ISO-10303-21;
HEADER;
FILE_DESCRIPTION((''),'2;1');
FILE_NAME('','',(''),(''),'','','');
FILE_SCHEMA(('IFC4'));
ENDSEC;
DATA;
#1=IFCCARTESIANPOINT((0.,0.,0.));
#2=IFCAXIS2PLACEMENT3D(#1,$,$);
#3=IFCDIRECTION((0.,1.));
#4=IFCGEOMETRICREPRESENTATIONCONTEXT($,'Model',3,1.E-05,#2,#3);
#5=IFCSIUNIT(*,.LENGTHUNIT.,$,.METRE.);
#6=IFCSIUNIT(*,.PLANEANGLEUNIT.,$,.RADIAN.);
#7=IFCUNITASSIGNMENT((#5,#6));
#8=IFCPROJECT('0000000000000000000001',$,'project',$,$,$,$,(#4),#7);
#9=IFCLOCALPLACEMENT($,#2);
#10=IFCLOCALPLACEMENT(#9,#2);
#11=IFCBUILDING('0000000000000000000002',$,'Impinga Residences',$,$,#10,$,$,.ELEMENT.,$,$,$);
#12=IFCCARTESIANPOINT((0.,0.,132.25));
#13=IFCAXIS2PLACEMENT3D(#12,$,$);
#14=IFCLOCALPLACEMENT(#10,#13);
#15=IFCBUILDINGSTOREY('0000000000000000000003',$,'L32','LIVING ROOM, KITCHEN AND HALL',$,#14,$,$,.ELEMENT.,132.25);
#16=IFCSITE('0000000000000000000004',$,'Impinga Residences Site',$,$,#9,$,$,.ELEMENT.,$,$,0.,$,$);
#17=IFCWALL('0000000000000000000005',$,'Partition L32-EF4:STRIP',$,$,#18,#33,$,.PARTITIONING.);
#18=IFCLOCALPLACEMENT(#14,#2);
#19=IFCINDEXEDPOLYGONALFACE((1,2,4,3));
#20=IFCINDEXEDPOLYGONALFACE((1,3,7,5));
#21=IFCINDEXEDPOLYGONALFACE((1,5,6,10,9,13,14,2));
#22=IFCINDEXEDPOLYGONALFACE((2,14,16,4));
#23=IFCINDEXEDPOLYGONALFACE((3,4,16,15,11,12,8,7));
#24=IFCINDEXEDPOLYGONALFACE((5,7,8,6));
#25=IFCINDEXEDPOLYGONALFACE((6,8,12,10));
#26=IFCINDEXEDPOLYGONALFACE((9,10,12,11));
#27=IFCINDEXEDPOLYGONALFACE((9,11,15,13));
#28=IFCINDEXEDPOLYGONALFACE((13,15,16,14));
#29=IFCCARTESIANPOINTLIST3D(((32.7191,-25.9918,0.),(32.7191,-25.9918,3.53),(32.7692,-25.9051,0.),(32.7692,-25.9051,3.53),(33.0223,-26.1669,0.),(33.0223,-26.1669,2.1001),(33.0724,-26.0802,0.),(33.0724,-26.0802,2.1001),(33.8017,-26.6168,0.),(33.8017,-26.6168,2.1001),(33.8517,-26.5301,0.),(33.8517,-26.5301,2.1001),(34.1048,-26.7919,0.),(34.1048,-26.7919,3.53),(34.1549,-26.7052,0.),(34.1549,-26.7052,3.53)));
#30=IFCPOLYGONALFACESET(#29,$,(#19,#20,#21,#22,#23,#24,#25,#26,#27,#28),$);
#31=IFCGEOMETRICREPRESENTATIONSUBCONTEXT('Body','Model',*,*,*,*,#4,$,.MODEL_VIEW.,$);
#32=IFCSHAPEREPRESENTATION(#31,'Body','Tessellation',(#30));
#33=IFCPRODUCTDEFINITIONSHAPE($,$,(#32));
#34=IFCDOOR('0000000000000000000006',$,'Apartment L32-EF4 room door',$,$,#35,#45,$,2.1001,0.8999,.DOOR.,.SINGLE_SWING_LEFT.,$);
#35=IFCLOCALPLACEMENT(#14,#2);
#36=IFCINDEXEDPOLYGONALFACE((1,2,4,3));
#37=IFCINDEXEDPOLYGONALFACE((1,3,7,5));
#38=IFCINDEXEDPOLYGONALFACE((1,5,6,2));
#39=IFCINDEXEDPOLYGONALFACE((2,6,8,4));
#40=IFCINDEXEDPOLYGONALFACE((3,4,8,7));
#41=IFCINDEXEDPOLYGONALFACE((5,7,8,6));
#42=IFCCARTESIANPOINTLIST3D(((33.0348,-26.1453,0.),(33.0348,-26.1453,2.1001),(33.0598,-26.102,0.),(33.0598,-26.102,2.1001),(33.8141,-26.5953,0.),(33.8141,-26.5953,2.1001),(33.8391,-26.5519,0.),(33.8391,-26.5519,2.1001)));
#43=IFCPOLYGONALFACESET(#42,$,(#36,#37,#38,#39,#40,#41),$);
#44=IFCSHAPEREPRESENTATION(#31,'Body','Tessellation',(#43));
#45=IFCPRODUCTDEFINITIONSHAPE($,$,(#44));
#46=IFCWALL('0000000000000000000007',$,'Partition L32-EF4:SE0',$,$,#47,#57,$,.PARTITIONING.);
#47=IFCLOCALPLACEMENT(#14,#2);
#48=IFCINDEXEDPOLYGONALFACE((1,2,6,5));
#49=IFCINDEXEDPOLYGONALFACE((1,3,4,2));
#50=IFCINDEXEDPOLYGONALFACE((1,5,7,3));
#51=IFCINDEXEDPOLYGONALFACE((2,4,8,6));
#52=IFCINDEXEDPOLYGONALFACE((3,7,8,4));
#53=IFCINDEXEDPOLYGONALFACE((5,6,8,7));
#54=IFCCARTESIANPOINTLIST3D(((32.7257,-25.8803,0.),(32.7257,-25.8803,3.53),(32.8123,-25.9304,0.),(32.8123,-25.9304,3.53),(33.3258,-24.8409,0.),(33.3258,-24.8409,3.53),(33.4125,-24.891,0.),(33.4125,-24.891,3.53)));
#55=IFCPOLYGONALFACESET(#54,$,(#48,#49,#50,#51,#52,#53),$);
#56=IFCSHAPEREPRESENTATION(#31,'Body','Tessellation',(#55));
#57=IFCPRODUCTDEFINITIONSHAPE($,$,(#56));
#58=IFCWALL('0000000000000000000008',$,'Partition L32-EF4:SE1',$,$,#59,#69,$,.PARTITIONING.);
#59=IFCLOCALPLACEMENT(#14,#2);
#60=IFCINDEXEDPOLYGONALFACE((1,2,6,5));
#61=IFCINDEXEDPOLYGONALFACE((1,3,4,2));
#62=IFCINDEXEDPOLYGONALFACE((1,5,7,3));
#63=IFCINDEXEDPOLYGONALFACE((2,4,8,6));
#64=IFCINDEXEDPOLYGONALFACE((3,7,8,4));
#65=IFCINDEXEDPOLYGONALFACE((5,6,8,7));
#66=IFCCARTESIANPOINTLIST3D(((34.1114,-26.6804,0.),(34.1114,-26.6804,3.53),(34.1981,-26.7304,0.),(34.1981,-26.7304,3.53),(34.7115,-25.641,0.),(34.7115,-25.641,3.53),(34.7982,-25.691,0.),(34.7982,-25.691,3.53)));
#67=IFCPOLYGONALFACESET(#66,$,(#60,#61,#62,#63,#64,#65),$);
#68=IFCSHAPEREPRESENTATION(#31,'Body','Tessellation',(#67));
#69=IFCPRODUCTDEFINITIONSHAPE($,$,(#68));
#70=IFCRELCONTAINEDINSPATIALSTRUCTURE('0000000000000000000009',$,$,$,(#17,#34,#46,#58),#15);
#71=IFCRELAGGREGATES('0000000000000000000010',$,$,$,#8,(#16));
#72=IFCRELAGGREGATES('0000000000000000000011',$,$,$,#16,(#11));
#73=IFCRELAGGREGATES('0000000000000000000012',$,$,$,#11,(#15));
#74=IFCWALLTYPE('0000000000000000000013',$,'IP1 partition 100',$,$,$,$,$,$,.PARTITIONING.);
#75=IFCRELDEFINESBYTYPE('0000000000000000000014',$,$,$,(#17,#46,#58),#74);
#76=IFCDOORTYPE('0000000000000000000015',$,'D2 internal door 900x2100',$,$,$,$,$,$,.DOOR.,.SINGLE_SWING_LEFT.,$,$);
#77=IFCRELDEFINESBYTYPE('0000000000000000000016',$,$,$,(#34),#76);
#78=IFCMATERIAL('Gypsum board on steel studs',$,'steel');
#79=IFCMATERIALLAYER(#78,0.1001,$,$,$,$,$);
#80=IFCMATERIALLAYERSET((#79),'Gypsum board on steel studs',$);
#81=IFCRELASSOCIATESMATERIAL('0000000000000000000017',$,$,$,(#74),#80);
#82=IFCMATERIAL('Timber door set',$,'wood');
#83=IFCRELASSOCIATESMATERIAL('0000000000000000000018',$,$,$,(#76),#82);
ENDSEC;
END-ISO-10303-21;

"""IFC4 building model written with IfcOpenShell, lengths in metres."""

from ifc_helpers import new_model, si_unit, direction, frame, frame_2d, origin, place, context, subcontext, project, spatial, rectangle, extrude, material, layer, layer_set, type_object, element, fill, save


model = new_model("IFC4")

# Units and contexts
model_context = context("Model", 3, precision=1e-05, world=origin(), true_north=direction((0.0, 1.0)))
body_context = subcontext(model_context, "Body", "Model", "MODEL_VIEW")
ifc_project = project(units=[si_unit("LENGTHUNIT", "METRE"), si_unit("PLANEANGLEUNIT", "RADIAN")], contexts=[model_context])

# Site, building, storey
site_placement = place(None, origin())
site = spatial("IfcSite", under=ifc_project, at=site_placement, Name="Impinga Residences Site", CompositionType="ELEMENT", RefElevation=0.0)
building_placement = place(site_placement, origin())
building = spatial("IfcBuilding", under=site, at=building_placement, Name="Impinga Residences", CompositionType="ELEMENT")
storey_placement = place(building_placement, frame((0.0, 0.0, 132.25)))
storey = spatial("IfcBuildingStorey", under=building, at=storey_placement, Name="L32", Description="LIVING ROOM, KITCHEN AND HALL", CompositionType="ELEMENT", Elevation=132.25)

# Shared definitions
ifc_material_1 = material(Name="Gypsum board on steel studs", Category="steel")
ifc_layer_1 = layer(ifc_material_1, 0.1001)
ifc_layer_set_1 = layer_set([ifc_layer_1], Name="Gypsum board on steel studs")
wall_type_1 = type_object("IfcWallType", Name="IP1 partition 100", PredefinedType="PARTITIONING", material=ifc_layer_set_1)

# Wall, opening, door
wall_1_placement = place(storey_placement, frame((32.7441, -25.9485, 0.0), z_axis=(0.0, 0.0, 1.0), x_axis=(0.866028, -0.499995, 0.0)))
wall_1 = element("IfcWall", 1, at=wall_1_placement, inside=storey, type_object=wall_type_1, Name="Partition L32-EF4:STRIP", PredefinedType="PARTITIONING", context=body_context, shape_type="SweptSolid", body=[
    extrude(rectangle(XDim=1.6001, YDim=0.1001, at=frame_2d((0.8, 0.0))), origin(), (0.0, 0.0, 1.0), 3.53),
])
opening_1_placement = place(wall_1_placement, frame((0.3501, 0.0, 0.0)))
opening_1 = element("IfcOpeningElement", 2, at=opening_1_placement, cuts=wall_1, PredefinedType="OPENING", context=body_context, shape_type="SweptSolid", body=[
    extrude(rectangle(XDim=0.8999, YDim=2.1001, at=frame_2d((0.45, 1.05))), frame((0.0, 0.0601, 0.0), z_axis=(0.0, -1.0, 0.0), x_axis=(1.0, 0.0, 0.0)), (0.0, 0.0, 1.0), 0.1201),
])
ifc_material_2 = material(Name="Timber door set", Category="wood")
door_type = type_object("IfcDoorType", Name="D2 internal door 900x2100", OperationType="SINGLE_SWING_LEFT", PredefinedType="DOOR", material=ifc_material_2)
door_placement = place(opening_1_placement, origin())
door = element("IfcDoor", 3, at=door_placement, inside=storey, type_object=door_type, Name="Apartment L32-EF4 room door", OperationType="SINGLE_SWING_LEFT", OverallHeight=2.1001, OverallWidth=0.8999, PredefinedType="DOOR", context=body_context, shape_type="SweptSolid", body=[
    extrude(rectangle(XDim=0.8999, YDim=2.1001, at=frame_2d((0.45, 1.05))), frame((0.0, 0.0249, 0.0), z_axis=(0.0, -1.0, 0.0), x_axis=(1.0, 0.0, 0.0)), (0.0, 0.0, 1.0), 0.05),
])
fill(opening_1, door)

# Walls
for number, where, z_axis, x_axis, name in (
    (4, (33.3691, -24.866, 0.0), (0.0, 0.0, 1.0), (-0.500034, -0.866006, 0.0), "Partition L32-EF4:SE0"),
    (5, (34.7549, -25.666, 0.0), (0.0, 0.0, 1.0), (-0.500034, -0.866006, 0.0), "Partition L32-EF4:SE1"),
):
    element("IfcWall", number, at=place(storey_placement, frame(where, z_axis=z_axis, x_axis=x_axis)), inside=storey, type_object=wall_type_1, Name=name, PredefinedType="PARTITIONING", context=body_context, shape_type="SweptSolid", body=[
        extrude(rectangle(XDim=1.2002, YDim=0.1001, at=frame_2d((0.6001, 0.0))), origin(), (0.0, 0.0, 1.0), 3.53),
    ])

save(model, "model.ifc")
